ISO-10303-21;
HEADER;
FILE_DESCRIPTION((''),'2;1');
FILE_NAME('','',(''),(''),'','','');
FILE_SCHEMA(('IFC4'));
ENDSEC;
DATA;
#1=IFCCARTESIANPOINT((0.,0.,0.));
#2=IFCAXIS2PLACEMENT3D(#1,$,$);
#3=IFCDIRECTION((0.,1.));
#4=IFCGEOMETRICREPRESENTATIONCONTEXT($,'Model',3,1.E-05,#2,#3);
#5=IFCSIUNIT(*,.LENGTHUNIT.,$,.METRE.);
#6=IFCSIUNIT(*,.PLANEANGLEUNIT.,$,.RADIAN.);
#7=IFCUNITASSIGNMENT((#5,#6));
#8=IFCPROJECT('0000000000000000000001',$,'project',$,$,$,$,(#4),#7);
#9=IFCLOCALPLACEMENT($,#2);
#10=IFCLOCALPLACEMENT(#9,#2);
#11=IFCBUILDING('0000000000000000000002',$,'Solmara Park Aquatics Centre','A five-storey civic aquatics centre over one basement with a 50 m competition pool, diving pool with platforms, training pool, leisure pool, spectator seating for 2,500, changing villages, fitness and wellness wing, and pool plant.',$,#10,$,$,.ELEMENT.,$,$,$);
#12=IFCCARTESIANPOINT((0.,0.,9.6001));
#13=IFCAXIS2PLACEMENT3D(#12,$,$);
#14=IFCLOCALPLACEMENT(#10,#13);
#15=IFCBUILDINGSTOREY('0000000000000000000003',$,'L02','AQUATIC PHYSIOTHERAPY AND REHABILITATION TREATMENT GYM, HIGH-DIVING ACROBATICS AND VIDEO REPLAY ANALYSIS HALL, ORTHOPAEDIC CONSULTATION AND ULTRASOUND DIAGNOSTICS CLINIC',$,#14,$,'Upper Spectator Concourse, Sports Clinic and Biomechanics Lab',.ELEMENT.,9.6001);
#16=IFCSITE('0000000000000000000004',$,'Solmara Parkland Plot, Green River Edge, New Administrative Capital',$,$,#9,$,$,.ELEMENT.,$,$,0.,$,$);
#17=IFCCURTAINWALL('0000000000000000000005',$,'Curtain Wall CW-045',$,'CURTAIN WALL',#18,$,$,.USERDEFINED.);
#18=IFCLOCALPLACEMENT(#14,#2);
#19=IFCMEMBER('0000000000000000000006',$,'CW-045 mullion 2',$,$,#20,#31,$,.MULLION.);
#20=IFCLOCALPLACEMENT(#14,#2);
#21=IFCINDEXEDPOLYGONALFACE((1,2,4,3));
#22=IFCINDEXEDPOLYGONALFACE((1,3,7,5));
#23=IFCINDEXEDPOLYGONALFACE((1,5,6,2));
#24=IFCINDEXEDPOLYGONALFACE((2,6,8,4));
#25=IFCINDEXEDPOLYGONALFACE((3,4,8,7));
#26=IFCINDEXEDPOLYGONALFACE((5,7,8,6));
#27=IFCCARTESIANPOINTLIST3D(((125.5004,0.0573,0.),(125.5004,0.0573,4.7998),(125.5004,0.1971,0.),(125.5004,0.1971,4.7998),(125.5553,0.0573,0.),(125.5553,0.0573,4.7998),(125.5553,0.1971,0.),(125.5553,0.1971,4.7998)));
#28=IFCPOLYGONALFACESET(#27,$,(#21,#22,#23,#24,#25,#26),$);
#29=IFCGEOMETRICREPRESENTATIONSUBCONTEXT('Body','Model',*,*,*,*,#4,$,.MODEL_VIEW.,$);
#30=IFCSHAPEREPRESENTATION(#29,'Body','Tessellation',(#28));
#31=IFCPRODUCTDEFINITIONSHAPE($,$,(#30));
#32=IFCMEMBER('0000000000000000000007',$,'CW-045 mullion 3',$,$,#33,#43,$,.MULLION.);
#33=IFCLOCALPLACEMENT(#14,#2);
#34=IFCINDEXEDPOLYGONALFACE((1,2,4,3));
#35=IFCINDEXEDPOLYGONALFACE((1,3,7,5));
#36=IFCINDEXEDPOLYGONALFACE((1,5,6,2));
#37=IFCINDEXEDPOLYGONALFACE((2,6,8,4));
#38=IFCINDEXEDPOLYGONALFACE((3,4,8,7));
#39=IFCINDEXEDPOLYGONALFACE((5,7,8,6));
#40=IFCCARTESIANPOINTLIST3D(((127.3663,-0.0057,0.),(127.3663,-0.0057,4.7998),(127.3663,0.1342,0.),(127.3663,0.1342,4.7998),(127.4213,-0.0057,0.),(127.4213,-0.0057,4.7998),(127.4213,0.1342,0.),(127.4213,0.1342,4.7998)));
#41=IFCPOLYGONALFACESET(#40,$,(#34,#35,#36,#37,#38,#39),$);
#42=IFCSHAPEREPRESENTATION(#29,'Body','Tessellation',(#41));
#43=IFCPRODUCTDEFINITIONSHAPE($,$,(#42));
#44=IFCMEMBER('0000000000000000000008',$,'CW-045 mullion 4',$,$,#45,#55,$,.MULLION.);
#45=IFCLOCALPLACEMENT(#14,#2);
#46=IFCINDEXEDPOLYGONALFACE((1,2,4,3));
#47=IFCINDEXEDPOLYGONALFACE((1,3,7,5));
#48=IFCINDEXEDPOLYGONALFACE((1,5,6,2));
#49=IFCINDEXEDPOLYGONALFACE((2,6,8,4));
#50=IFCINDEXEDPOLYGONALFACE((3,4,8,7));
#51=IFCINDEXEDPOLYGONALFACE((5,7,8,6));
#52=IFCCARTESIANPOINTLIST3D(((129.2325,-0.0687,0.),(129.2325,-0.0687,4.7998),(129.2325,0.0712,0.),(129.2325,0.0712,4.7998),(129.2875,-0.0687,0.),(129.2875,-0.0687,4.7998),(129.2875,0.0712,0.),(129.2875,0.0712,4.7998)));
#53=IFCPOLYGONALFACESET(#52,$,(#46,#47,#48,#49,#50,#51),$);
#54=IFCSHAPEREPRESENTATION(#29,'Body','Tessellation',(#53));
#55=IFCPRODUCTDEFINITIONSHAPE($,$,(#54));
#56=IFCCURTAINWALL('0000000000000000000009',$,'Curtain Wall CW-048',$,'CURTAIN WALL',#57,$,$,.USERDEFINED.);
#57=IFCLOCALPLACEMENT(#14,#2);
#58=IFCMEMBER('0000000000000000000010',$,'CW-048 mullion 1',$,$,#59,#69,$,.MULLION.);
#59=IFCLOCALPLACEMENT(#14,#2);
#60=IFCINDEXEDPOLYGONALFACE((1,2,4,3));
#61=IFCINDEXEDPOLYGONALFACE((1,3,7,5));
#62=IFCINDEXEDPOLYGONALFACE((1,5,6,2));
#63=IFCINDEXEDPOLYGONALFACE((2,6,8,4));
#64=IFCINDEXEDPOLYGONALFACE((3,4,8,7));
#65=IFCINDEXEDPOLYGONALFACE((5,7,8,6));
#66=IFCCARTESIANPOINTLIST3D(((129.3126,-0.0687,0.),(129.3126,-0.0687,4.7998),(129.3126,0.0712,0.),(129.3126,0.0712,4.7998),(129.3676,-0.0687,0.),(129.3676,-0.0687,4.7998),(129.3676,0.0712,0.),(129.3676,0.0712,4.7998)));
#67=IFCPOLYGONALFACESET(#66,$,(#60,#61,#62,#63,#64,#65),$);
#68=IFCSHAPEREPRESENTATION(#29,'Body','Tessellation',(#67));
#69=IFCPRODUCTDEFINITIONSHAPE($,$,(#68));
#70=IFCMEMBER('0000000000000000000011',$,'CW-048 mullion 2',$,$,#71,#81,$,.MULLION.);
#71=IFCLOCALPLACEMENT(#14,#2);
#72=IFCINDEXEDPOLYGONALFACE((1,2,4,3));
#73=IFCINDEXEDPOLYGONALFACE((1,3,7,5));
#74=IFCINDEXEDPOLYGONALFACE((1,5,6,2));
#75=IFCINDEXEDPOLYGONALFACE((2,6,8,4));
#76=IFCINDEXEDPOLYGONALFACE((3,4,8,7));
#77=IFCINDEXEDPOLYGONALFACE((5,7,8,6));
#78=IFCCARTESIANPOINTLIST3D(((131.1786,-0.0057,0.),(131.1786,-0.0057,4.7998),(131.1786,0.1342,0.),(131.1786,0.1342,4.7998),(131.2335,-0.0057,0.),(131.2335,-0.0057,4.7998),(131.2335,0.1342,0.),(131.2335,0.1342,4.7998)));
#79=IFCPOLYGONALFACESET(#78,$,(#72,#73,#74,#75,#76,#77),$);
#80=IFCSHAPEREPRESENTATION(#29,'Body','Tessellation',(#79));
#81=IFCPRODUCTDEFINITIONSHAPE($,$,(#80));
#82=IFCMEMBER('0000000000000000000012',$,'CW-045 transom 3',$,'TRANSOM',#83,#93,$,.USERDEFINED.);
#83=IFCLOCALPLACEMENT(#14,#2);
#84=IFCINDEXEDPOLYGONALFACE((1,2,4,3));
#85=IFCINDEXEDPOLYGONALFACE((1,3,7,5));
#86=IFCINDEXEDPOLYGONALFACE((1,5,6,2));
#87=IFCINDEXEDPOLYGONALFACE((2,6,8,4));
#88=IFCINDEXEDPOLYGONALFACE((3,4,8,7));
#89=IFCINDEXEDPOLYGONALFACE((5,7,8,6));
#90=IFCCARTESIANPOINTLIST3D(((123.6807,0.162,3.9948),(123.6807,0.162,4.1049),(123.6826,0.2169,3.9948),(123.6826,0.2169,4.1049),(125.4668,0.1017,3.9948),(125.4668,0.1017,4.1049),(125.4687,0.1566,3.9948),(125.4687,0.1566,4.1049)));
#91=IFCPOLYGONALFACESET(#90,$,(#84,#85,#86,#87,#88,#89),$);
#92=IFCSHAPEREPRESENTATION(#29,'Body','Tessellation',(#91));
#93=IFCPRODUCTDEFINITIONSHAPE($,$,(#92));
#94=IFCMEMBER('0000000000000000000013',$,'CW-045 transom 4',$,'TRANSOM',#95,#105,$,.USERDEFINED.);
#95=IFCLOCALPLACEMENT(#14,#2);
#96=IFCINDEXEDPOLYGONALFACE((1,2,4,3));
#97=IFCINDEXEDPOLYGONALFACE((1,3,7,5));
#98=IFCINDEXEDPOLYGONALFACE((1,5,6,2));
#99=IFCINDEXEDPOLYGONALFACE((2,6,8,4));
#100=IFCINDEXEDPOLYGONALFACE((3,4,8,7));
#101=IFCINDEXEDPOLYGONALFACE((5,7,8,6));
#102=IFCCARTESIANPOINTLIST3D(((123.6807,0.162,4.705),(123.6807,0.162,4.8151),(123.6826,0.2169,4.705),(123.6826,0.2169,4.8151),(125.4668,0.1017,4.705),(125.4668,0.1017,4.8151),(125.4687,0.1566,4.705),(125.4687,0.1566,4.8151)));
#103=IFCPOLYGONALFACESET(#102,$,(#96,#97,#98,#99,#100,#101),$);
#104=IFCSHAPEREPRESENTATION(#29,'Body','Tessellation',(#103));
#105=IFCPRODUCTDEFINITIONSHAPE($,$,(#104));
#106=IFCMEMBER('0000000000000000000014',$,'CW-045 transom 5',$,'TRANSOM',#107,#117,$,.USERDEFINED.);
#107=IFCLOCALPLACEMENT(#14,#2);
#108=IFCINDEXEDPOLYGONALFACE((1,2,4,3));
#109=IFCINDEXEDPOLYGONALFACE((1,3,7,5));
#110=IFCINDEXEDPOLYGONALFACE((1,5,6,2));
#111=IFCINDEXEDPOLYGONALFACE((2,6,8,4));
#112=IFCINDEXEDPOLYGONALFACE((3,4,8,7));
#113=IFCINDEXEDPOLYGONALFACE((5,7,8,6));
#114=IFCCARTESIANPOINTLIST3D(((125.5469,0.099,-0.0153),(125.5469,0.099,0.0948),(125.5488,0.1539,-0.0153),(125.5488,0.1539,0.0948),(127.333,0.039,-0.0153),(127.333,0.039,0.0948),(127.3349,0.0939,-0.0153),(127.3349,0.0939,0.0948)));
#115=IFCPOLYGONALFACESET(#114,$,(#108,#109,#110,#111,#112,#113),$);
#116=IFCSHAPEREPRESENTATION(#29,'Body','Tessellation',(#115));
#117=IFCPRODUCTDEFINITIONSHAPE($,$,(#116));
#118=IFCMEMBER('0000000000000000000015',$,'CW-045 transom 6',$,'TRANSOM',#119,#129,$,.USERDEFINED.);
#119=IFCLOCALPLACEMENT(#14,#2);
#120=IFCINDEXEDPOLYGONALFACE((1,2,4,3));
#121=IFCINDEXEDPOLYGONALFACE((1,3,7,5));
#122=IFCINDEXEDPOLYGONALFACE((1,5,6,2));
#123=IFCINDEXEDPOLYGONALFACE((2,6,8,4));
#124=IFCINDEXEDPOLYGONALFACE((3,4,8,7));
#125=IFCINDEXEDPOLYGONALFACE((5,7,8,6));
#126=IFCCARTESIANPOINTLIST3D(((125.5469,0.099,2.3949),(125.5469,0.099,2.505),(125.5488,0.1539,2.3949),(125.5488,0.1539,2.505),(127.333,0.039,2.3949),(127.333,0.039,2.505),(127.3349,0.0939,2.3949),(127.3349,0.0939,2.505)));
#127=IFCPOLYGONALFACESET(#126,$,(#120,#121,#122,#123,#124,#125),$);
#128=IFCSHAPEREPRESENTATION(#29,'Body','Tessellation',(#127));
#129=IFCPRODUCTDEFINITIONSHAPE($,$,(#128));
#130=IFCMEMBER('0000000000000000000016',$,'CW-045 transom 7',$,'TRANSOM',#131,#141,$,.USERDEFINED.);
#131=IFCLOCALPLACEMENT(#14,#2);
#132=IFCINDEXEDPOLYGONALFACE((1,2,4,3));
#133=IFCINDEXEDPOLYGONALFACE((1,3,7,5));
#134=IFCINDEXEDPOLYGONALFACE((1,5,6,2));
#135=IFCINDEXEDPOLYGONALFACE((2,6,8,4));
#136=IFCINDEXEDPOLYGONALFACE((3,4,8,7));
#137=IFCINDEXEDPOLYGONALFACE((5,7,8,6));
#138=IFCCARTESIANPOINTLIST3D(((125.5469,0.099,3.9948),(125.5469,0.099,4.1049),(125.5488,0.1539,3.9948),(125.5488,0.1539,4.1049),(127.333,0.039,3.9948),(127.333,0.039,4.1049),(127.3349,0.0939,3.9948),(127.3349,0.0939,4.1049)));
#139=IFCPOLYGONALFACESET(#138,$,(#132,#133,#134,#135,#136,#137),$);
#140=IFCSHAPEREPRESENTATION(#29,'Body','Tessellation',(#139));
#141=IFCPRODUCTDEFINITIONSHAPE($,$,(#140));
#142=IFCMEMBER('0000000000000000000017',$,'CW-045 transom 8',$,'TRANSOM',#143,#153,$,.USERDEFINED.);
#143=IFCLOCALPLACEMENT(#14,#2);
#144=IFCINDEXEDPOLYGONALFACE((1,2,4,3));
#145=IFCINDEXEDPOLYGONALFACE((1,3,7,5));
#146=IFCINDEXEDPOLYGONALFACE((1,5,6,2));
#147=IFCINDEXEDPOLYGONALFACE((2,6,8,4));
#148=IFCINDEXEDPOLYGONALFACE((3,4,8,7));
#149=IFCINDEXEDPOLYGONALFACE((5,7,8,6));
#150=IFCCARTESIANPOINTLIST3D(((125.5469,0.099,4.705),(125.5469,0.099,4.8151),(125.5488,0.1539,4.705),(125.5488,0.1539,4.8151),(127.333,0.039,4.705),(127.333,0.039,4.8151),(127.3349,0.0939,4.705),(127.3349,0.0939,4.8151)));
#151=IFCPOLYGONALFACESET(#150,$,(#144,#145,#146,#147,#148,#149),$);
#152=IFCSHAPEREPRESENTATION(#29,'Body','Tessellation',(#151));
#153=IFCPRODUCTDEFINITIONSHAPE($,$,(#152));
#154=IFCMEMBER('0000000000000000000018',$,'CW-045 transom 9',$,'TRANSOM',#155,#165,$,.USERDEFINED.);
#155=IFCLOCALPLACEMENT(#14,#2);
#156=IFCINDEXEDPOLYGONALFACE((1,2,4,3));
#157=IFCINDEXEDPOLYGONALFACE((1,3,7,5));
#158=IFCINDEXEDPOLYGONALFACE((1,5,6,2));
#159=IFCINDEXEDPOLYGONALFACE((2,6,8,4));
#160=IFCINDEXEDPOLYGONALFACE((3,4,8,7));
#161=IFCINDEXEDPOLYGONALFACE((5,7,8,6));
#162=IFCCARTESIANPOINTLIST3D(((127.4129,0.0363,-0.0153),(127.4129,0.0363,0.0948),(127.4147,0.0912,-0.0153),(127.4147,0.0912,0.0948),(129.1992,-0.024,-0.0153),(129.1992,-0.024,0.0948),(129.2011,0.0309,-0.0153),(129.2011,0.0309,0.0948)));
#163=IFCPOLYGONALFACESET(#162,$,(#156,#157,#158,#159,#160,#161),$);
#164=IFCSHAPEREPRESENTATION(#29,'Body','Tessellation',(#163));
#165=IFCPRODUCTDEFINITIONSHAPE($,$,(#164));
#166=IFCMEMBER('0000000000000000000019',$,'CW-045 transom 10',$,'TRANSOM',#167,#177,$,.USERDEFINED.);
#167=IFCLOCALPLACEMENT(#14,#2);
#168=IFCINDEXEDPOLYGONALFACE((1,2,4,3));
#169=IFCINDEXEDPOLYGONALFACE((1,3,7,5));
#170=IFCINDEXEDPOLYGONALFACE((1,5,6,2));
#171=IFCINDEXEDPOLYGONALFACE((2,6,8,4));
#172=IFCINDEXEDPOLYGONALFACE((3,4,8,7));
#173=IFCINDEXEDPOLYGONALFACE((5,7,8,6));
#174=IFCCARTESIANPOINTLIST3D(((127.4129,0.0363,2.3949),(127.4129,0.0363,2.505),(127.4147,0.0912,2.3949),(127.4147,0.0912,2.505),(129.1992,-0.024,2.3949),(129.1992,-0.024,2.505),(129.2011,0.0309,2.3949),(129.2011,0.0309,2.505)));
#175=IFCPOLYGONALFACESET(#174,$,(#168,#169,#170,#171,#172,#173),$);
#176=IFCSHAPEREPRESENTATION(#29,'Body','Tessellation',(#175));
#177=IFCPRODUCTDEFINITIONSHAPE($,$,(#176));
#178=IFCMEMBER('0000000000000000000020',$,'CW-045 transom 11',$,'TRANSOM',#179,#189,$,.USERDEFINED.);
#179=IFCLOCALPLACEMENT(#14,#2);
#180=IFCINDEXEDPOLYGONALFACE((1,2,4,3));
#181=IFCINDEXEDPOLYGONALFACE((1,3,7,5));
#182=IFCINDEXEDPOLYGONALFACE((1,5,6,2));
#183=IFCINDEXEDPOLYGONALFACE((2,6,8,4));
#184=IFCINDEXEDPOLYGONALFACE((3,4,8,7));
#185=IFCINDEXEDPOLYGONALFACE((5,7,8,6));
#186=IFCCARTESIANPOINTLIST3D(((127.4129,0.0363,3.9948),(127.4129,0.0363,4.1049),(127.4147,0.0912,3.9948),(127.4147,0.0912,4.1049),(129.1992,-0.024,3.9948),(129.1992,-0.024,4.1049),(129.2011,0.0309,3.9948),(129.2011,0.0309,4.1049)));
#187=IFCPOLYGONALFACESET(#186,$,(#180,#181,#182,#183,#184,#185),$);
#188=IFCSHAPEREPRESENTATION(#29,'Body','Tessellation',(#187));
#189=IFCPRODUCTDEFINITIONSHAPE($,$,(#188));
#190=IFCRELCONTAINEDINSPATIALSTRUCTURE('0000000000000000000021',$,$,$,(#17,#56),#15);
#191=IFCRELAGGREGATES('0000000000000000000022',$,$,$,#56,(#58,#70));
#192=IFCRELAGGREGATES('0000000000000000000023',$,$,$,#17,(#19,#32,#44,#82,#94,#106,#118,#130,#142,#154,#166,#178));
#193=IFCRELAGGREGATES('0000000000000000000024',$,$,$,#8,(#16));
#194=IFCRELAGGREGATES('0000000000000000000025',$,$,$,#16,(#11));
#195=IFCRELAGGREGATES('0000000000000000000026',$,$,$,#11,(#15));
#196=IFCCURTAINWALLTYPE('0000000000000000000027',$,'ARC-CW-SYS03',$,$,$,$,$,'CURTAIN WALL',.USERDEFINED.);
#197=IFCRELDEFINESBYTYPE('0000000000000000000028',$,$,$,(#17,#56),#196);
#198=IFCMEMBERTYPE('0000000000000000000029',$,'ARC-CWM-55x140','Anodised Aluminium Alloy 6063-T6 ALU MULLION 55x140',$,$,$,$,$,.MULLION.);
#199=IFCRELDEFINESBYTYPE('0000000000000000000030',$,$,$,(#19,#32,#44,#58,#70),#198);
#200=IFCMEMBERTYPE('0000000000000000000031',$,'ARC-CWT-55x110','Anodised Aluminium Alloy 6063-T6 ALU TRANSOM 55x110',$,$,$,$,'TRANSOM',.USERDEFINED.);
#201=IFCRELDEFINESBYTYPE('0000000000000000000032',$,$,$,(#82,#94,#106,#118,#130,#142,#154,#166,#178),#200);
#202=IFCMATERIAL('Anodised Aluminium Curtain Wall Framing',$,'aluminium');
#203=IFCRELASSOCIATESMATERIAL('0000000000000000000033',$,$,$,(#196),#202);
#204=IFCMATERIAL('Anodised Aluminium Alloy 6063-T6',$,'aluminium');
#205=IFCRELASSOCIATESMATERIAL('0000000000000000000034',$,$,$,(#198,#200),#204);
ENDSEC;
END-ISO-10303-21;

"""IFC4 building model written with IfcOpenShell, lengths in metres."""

from ifc_helpers import new_model, si_unit, direction, frame, origin, origin_2d, place, context, subcontext, project, spatial, rectangle, extrude, material, material_profile, profile_set, type_object, element, aggregate, save


model = new_model("IFC4")

# Units and contexts
model_context = context("Model", 3, precision=1e-05, world=origin(), true_north=direction((0.0, 1.0)))
body_context = subcontext(model_context, "Body", "Model", "MODEL_VIEW")
ifc_project = project(units=[si_unit("LENGTHUNIT", "METRE"), si_unit("PLANEANGLEUNIT", "RADIAN")], contexts=[model_context])

# Site, building, storey
site_placement = place(None, origin())
site = spatial("IfcSite", under=ifc_project, at=site_placement, Name="Solmara Parkland Plot, Green River Edge, New Administrative Capital", CompositionType="ELEMENT", RefElevation=0.0)
building_placement = place(site_placement, origin())
building = spatial("IfcBuilding", under=site, at=building_placement, Name="Solmara Park Aquatics Centre", Description="A five-storey civic aquatics centre over one basement with a 50 m competition pool, diving pool with platforms, training pool, leisure pool, spectator seating for 2,500, changing villages, fitness and wellness wing, and pool plant.", CompositionType="ELEMENT")
storey_placement = place(building_placement, frame((0.0, 0.0, 9.6001)))
storey = spatial("IfcBuildingStorey", under=building, at=storey_placement, Name="L02", Description="AQUATIC PHYSIOTHERAPY AND REHABILITATION TREATMENT GYM, HIGH-DIVING ACROBATICS AND VIDEO REPLAY ANALYSIS HALL, ORTHOPAEDIC CONSULTATION AND ULTRASOUND DIAGNOSTICS CLINIC", LongName="Upper Spectator Concourse, Sports Clinic and Biomechanics Lab", CompositionType="ELEMENT", Elevation=9.6001)

# Curtain walls, members
ifc_material_1 = material(Name="Anodised Aluminium Curtain Wall Framing", Category="aluminium")
curtain_wall_type = type_object("IfcCurtainWallType", Name="ARC-CW-SYS03", ElementType="CURTAIN WALL", PredefinedType="USERDEFINED", material=ifc_material_1)
curtain_wall_1_placement = place(storey_placement, origin())
curtain_wall_1 = element("IfcCurtainWall", 1, at=curtain_wall_1_placement, inside=storey, type_object=curtain_wall_type, Name="Curtain Wall CW-045", ObjectType="CURTAIN WALL", PredefinedType="USERDEFINED")
ifc_material_2 = material(Name="Anodised Aluminium Alloy 6063-T6", Category="aluminium")
ifc_material_profile_1 = material_profile(ifc_material_2, rectangle(XDim=0.0549, YDim=0.1399, at=origin_2d()), Name="ALU MULLION 55x140")
ifc_profile_set_1 = profile_set([ifc_material_profile_1], Name="Anodised Aluminium Alloy 6063-T6")
member_type_1 = type_object("IfcMemberType", Name="ARC-CWM-55x140", Description="Anodised Aluminium Alloy 6063-T6 ALU MULLION 55x140", PredefinedType="MULLION", material=ifc_profile_set_1)
member_1_placement = place(storey_placement, frame((125.5278, 0.1272, 0.0), z_axis=(0.0, 0.0, 1.0), x_axis=(1.0, 0.0, 0.0)))
member_1 = element("IfcMember", 2, at=member_1_placement, type_object=member_type_1, Name="CW-045 mullion 2", PredefinedType="MULLION", context=body_context, shape_type="SweptSolid", body=[
    extrude(rectangle(XDim=0.0549, YDim=0.1399, at=origin_2d()), origin(), (0.0, 0.0, 1.0), 4.7998),
])
member_2_placement = place(storey_placement, frame((127.3938, 0.0642, 0.0), z_axis=(0.0, 0.0, 1.0), x_axis=(1.0, 0.0, 0.0)))
member_2 = element("IfcMember", 3, at=member_2_placement, type_object=member_type_1, Name="CW-045 mullion 3", PredefinedType="MULLION", context=body_context, shape_type="SweptSolid", body=[
    extrude(rectangle(XDim=0.0549, YDim=0.1399, at=origin_2d()), origin(), (0.0, 0.0, 1.0), 4.7998),
])
member_3_placement = place(storey_placement, frame((129.26, 0.0012, 0.0), z_axis=(0.0, 0.0, 1.0), x_axis=(1.0, 0.0, 0.0)))
member_3 = element("IfcMember", 4, at=member_3_placement, type_object=member_type_1, Name="CW-045 mullion 4", PredefinedType="MULLION", context=body_context, shape_type="SweptSolid", body=[
    extrude(rectangle(XDim=0.0549, YDim=0.1399, at=origin_2d()), origin(), (0.0, 0.0, 1.0), 4.7998),
])
curtain_wall_2_placement = place(storey_placement, origin())
curtain_wall_2 = element("IfcCurtainWall", 5, at=curtain_wall_2_placement, inside=storey, type_object=curtain_wall_type, Name="Curtain Wall CW-048", ObjectType="CURTAIN WALL", PredefinedType="USERDEFINED")
member_4_placement = place(storey_placement, frame((129.3401, 0.0012, 0.0), z_axis=(0.0, 0.0, 1.0), x_axis=(1.0, 0.0, 0.0)))
member_4 = element("IfcMember", 6, at=member_4_placement, type_object=member_type_1, Name="CW-048 mullion 1", PredefinedType="MULLION", context=body_context, shape_type="SweptSolid", body=[
    extrude(rectangle(XDim=0.0549, YDim=0.1399, at=origin_2d()), origin(), (0.0, 0.0, 1.0), 4.7998),
])
member_5_placement = place(storey_placement, frame((131.2061, 0.0642, 0.0), z_axis=(0.0, 0.0, 1.0), x_axis=(1.0, 0.0, 0.0)))
member_5 = element("IfcMember", 7, at=member_5_placement, type_object=member_type_1, Name="CW-048 mullion 2", PredefinedType="MULLION", context=body_context, shape_type="SweptSolid", body=[
    extrude(rectangle(XDim=0.0549, YDim=0.1399, at=origin_2d()), origin(), (0.0, 0.0, 1.0), 4.7998),
])

# Members
ifc_material_profile_2 = material_profile(ifc_material_2, rectangle(XDim=0.0549, YDim=0.1101, at=origin_2d()), Name="ALU TRANSOM 55x110")
ifc_profile_set_2 = profile_set([ifc_material_profile_2], Name="Anodised Aluminium Alloy 6063-T6")
member_type_2 = type_object("IfcMemberType", Name="ARC-CWT-55x110", Description="Anodised Aluminium Alloy 6063-T6 ALU TRANSOM 55x110", ElementType="TRANSOM", PredefinedType="USERDEFINED", material=ifc_profile_set_2)
member_6_placement = place(storey_placement, frame((123.6816, 0.1895, 4.0498), z_axis=(0.999431, -0.033742, 0.0), x_axis=(0.033742, 0.999431, 0.0)))
member_6 = element("IfcMember", 8, at=member_6_placement, type_object=member_type_2, Name="CW-045 transom 3", ObjectType="TRANSOM", PredefinedType="USERDEFINED", context=body_context, shape_type="SweptSolid", body=[
    extrude(rectangle(XDim=0.0549, YDim=0.1101, at=origin_2d()), origin(), (0.0, 0.0, 1.0), 1.7871),
])
member_7_placement = place(storey_placement, frame((123.6816, 0.1895, 4.76), z_axis=(0.999431, -0.033742, 0.0), x_axis=(0.033742, 0.999431, 0.0)))
member_7 = element("IfcMember", 9, at=member_7_placement, type_object=member_type_2, Name="CW-045 transom 4", ObjectType="TRANSOM", PredefinedType="USERDEFINED", context=body_context, shape_type="SweptSolid", body=[
    extrude(rectangle(XDim=0.0549, YDim=0.1101, at=origin_2d()), origin(), (0.0, 0.0, 1.0), 1.7871),
])
member_8_placement = place(storey_placement, frame((125.5479, 0.1265, 0.0398), z_axis=(0.999435, -0.033606, 0.0), x_axis=(0.033606, 0.999435, 0.0)))
member_8 = element("IfcMember", 10, at=member_8_placement, type_object=member_type_2, Name="CW-045 transom 5", ObjectType="TRANSOM", PredefinedType="USERDEFINED", context=body_context, shape_type="SweptSolid", body=[
    extrude(rectangle(XDim=0.0549, YDim=0.1101, at=origin_2d()), origin(), (0.0, 0.0, 1.0), 1.7871),
])
member_9_placement = place(storey_placement, frame((125.5479, 0.1265, 2.45), z_axis=(0.999435, -0.033606, 0.0), x_axis=(0.033606, 0.999435, 0.0)))
member_9 = element("IfcMember", 11, at=member_9_placement, type_object=member_type_2, Name="CW-045 transom 6", ObjectType="TRANSOM", PredefinedType="USERDEFINED", context=body_context, shape_type="SweptSolid", body=[
    extrude(rectangle(XDim=0.0549, YDim=0.1101, at=origin_2d()), origin(), (0.0, 0.0, 1.0), 1.7871),
])
member_10_placement = place(storey_placement, frame((125.5479, 0.1265, 4.0498), z_axis=(0.999435, -0.033606, 0.0), x_axis=(0.033606, 0.999435, 0.0)))
member_10 = element("IfcMember", 12, at=member_10_placement, type_object=member_type_2, Name="CW-045 transom 7", ObjectType="TRANSOM", PredefinedType="USERDEFINED", context=body_context, shape_type="SweptSolid", body=[
    extrude(rectangle(XDim=0.0549, YDim=0.1101, at=origin_2d()), origin(), (0.0, 0.0, 1.0), 1.7871),
])
member_11_placement = place(storey_placement, frame((125.5479, 0.1265, 4.76), z_axis=(0.999435, -0.033606, 0.0), x_axis=(0.033606, 0.999435, 0.0)))
member_11 = element("IfcMember", 13, at=member_11_placement, type_object=member_type_2, Name="CW-045 transom 8", ObjectType="TRANSOM", PredefinedType="USERDEFINED", context=body_context, shape_type="SweptSolid", body=[
    extrude(rectangle(XDim=0.0549, YDim=0.1101, at=origin_2d()), origin(), (0.0, 0.0, 1.0), 1.7871),
])
member_12_placement = place(storey_placement, frame((127.4138, 0.0637, 0.0398), z_axis=(0.999431, -0.033738, 0.0), x_axis=(0.033738, 0.999431, 0.0)))
member_12 = element("IfcMember", 14, at=member_12_placement, type_object=member_type_2, Name="CW-045 transom 9", ObjectType="TRANSOM", PredefinedType="USERDEFINED", context=body_context, shape_type="SweptSolid", body=[
    extrude(rectangle(XDim=0.0549, YDim=0.1101, at=origin_2d()), origin(), (0.0, 0.0, 1.0), 1.7874),
])
member_13_placement = place(storey_placement, frame((127.4138, 0.0637, 2.45), z_axis=(0.999431, -0.033738, 0.0), x_axis=(0.033738, 0.999431, 0.0)))
member_13 = element("IfcMember", 15, at=member_13_placement, type_object=member_type_2, Name="CW-045 transom 10", ObjectType="TRANSOM", PredefinedType="USERDEFINED", context=body_context, shape_type="SweptSolid", body=[
    extrude(rectangle(XDim=0.0549, YDim=0.1101, at=origin_2d()), origin(), (0.0, 0.0, 1.0), 1.7874),
])
member_14_placement = place(storey_placement, frame((127.4138, 0.0637, 4.0498), z_axis=(0.999431, -0.033738, 0.0), x_axis=(0.033738, 0.999431, 0.0)))
member_14 = element("IfcMember", 16, at=member_14_placement, type_object=member_type_2, Name="CW-045 transom 11", ObjectType="TRANSOM", PredefinedType="USERDEFINED", context=body_context, shape_type="SweptSolid", body=[
    extrude(rectangle(XDim=0.0549, YDim=0.1101, at=origin_2d()), origin(), (0.0, 0.0, 1.0), 1.7874),
])

aggregate(curtain_wall_2, [member_4, member_5])
aggregate(curtain_wall_1, [member_1, member_2, member_3, member_6, member_7, member_8, member_9, member_10, member_11, member_12, member_13, member_14])

save(model, "model.ifc")
